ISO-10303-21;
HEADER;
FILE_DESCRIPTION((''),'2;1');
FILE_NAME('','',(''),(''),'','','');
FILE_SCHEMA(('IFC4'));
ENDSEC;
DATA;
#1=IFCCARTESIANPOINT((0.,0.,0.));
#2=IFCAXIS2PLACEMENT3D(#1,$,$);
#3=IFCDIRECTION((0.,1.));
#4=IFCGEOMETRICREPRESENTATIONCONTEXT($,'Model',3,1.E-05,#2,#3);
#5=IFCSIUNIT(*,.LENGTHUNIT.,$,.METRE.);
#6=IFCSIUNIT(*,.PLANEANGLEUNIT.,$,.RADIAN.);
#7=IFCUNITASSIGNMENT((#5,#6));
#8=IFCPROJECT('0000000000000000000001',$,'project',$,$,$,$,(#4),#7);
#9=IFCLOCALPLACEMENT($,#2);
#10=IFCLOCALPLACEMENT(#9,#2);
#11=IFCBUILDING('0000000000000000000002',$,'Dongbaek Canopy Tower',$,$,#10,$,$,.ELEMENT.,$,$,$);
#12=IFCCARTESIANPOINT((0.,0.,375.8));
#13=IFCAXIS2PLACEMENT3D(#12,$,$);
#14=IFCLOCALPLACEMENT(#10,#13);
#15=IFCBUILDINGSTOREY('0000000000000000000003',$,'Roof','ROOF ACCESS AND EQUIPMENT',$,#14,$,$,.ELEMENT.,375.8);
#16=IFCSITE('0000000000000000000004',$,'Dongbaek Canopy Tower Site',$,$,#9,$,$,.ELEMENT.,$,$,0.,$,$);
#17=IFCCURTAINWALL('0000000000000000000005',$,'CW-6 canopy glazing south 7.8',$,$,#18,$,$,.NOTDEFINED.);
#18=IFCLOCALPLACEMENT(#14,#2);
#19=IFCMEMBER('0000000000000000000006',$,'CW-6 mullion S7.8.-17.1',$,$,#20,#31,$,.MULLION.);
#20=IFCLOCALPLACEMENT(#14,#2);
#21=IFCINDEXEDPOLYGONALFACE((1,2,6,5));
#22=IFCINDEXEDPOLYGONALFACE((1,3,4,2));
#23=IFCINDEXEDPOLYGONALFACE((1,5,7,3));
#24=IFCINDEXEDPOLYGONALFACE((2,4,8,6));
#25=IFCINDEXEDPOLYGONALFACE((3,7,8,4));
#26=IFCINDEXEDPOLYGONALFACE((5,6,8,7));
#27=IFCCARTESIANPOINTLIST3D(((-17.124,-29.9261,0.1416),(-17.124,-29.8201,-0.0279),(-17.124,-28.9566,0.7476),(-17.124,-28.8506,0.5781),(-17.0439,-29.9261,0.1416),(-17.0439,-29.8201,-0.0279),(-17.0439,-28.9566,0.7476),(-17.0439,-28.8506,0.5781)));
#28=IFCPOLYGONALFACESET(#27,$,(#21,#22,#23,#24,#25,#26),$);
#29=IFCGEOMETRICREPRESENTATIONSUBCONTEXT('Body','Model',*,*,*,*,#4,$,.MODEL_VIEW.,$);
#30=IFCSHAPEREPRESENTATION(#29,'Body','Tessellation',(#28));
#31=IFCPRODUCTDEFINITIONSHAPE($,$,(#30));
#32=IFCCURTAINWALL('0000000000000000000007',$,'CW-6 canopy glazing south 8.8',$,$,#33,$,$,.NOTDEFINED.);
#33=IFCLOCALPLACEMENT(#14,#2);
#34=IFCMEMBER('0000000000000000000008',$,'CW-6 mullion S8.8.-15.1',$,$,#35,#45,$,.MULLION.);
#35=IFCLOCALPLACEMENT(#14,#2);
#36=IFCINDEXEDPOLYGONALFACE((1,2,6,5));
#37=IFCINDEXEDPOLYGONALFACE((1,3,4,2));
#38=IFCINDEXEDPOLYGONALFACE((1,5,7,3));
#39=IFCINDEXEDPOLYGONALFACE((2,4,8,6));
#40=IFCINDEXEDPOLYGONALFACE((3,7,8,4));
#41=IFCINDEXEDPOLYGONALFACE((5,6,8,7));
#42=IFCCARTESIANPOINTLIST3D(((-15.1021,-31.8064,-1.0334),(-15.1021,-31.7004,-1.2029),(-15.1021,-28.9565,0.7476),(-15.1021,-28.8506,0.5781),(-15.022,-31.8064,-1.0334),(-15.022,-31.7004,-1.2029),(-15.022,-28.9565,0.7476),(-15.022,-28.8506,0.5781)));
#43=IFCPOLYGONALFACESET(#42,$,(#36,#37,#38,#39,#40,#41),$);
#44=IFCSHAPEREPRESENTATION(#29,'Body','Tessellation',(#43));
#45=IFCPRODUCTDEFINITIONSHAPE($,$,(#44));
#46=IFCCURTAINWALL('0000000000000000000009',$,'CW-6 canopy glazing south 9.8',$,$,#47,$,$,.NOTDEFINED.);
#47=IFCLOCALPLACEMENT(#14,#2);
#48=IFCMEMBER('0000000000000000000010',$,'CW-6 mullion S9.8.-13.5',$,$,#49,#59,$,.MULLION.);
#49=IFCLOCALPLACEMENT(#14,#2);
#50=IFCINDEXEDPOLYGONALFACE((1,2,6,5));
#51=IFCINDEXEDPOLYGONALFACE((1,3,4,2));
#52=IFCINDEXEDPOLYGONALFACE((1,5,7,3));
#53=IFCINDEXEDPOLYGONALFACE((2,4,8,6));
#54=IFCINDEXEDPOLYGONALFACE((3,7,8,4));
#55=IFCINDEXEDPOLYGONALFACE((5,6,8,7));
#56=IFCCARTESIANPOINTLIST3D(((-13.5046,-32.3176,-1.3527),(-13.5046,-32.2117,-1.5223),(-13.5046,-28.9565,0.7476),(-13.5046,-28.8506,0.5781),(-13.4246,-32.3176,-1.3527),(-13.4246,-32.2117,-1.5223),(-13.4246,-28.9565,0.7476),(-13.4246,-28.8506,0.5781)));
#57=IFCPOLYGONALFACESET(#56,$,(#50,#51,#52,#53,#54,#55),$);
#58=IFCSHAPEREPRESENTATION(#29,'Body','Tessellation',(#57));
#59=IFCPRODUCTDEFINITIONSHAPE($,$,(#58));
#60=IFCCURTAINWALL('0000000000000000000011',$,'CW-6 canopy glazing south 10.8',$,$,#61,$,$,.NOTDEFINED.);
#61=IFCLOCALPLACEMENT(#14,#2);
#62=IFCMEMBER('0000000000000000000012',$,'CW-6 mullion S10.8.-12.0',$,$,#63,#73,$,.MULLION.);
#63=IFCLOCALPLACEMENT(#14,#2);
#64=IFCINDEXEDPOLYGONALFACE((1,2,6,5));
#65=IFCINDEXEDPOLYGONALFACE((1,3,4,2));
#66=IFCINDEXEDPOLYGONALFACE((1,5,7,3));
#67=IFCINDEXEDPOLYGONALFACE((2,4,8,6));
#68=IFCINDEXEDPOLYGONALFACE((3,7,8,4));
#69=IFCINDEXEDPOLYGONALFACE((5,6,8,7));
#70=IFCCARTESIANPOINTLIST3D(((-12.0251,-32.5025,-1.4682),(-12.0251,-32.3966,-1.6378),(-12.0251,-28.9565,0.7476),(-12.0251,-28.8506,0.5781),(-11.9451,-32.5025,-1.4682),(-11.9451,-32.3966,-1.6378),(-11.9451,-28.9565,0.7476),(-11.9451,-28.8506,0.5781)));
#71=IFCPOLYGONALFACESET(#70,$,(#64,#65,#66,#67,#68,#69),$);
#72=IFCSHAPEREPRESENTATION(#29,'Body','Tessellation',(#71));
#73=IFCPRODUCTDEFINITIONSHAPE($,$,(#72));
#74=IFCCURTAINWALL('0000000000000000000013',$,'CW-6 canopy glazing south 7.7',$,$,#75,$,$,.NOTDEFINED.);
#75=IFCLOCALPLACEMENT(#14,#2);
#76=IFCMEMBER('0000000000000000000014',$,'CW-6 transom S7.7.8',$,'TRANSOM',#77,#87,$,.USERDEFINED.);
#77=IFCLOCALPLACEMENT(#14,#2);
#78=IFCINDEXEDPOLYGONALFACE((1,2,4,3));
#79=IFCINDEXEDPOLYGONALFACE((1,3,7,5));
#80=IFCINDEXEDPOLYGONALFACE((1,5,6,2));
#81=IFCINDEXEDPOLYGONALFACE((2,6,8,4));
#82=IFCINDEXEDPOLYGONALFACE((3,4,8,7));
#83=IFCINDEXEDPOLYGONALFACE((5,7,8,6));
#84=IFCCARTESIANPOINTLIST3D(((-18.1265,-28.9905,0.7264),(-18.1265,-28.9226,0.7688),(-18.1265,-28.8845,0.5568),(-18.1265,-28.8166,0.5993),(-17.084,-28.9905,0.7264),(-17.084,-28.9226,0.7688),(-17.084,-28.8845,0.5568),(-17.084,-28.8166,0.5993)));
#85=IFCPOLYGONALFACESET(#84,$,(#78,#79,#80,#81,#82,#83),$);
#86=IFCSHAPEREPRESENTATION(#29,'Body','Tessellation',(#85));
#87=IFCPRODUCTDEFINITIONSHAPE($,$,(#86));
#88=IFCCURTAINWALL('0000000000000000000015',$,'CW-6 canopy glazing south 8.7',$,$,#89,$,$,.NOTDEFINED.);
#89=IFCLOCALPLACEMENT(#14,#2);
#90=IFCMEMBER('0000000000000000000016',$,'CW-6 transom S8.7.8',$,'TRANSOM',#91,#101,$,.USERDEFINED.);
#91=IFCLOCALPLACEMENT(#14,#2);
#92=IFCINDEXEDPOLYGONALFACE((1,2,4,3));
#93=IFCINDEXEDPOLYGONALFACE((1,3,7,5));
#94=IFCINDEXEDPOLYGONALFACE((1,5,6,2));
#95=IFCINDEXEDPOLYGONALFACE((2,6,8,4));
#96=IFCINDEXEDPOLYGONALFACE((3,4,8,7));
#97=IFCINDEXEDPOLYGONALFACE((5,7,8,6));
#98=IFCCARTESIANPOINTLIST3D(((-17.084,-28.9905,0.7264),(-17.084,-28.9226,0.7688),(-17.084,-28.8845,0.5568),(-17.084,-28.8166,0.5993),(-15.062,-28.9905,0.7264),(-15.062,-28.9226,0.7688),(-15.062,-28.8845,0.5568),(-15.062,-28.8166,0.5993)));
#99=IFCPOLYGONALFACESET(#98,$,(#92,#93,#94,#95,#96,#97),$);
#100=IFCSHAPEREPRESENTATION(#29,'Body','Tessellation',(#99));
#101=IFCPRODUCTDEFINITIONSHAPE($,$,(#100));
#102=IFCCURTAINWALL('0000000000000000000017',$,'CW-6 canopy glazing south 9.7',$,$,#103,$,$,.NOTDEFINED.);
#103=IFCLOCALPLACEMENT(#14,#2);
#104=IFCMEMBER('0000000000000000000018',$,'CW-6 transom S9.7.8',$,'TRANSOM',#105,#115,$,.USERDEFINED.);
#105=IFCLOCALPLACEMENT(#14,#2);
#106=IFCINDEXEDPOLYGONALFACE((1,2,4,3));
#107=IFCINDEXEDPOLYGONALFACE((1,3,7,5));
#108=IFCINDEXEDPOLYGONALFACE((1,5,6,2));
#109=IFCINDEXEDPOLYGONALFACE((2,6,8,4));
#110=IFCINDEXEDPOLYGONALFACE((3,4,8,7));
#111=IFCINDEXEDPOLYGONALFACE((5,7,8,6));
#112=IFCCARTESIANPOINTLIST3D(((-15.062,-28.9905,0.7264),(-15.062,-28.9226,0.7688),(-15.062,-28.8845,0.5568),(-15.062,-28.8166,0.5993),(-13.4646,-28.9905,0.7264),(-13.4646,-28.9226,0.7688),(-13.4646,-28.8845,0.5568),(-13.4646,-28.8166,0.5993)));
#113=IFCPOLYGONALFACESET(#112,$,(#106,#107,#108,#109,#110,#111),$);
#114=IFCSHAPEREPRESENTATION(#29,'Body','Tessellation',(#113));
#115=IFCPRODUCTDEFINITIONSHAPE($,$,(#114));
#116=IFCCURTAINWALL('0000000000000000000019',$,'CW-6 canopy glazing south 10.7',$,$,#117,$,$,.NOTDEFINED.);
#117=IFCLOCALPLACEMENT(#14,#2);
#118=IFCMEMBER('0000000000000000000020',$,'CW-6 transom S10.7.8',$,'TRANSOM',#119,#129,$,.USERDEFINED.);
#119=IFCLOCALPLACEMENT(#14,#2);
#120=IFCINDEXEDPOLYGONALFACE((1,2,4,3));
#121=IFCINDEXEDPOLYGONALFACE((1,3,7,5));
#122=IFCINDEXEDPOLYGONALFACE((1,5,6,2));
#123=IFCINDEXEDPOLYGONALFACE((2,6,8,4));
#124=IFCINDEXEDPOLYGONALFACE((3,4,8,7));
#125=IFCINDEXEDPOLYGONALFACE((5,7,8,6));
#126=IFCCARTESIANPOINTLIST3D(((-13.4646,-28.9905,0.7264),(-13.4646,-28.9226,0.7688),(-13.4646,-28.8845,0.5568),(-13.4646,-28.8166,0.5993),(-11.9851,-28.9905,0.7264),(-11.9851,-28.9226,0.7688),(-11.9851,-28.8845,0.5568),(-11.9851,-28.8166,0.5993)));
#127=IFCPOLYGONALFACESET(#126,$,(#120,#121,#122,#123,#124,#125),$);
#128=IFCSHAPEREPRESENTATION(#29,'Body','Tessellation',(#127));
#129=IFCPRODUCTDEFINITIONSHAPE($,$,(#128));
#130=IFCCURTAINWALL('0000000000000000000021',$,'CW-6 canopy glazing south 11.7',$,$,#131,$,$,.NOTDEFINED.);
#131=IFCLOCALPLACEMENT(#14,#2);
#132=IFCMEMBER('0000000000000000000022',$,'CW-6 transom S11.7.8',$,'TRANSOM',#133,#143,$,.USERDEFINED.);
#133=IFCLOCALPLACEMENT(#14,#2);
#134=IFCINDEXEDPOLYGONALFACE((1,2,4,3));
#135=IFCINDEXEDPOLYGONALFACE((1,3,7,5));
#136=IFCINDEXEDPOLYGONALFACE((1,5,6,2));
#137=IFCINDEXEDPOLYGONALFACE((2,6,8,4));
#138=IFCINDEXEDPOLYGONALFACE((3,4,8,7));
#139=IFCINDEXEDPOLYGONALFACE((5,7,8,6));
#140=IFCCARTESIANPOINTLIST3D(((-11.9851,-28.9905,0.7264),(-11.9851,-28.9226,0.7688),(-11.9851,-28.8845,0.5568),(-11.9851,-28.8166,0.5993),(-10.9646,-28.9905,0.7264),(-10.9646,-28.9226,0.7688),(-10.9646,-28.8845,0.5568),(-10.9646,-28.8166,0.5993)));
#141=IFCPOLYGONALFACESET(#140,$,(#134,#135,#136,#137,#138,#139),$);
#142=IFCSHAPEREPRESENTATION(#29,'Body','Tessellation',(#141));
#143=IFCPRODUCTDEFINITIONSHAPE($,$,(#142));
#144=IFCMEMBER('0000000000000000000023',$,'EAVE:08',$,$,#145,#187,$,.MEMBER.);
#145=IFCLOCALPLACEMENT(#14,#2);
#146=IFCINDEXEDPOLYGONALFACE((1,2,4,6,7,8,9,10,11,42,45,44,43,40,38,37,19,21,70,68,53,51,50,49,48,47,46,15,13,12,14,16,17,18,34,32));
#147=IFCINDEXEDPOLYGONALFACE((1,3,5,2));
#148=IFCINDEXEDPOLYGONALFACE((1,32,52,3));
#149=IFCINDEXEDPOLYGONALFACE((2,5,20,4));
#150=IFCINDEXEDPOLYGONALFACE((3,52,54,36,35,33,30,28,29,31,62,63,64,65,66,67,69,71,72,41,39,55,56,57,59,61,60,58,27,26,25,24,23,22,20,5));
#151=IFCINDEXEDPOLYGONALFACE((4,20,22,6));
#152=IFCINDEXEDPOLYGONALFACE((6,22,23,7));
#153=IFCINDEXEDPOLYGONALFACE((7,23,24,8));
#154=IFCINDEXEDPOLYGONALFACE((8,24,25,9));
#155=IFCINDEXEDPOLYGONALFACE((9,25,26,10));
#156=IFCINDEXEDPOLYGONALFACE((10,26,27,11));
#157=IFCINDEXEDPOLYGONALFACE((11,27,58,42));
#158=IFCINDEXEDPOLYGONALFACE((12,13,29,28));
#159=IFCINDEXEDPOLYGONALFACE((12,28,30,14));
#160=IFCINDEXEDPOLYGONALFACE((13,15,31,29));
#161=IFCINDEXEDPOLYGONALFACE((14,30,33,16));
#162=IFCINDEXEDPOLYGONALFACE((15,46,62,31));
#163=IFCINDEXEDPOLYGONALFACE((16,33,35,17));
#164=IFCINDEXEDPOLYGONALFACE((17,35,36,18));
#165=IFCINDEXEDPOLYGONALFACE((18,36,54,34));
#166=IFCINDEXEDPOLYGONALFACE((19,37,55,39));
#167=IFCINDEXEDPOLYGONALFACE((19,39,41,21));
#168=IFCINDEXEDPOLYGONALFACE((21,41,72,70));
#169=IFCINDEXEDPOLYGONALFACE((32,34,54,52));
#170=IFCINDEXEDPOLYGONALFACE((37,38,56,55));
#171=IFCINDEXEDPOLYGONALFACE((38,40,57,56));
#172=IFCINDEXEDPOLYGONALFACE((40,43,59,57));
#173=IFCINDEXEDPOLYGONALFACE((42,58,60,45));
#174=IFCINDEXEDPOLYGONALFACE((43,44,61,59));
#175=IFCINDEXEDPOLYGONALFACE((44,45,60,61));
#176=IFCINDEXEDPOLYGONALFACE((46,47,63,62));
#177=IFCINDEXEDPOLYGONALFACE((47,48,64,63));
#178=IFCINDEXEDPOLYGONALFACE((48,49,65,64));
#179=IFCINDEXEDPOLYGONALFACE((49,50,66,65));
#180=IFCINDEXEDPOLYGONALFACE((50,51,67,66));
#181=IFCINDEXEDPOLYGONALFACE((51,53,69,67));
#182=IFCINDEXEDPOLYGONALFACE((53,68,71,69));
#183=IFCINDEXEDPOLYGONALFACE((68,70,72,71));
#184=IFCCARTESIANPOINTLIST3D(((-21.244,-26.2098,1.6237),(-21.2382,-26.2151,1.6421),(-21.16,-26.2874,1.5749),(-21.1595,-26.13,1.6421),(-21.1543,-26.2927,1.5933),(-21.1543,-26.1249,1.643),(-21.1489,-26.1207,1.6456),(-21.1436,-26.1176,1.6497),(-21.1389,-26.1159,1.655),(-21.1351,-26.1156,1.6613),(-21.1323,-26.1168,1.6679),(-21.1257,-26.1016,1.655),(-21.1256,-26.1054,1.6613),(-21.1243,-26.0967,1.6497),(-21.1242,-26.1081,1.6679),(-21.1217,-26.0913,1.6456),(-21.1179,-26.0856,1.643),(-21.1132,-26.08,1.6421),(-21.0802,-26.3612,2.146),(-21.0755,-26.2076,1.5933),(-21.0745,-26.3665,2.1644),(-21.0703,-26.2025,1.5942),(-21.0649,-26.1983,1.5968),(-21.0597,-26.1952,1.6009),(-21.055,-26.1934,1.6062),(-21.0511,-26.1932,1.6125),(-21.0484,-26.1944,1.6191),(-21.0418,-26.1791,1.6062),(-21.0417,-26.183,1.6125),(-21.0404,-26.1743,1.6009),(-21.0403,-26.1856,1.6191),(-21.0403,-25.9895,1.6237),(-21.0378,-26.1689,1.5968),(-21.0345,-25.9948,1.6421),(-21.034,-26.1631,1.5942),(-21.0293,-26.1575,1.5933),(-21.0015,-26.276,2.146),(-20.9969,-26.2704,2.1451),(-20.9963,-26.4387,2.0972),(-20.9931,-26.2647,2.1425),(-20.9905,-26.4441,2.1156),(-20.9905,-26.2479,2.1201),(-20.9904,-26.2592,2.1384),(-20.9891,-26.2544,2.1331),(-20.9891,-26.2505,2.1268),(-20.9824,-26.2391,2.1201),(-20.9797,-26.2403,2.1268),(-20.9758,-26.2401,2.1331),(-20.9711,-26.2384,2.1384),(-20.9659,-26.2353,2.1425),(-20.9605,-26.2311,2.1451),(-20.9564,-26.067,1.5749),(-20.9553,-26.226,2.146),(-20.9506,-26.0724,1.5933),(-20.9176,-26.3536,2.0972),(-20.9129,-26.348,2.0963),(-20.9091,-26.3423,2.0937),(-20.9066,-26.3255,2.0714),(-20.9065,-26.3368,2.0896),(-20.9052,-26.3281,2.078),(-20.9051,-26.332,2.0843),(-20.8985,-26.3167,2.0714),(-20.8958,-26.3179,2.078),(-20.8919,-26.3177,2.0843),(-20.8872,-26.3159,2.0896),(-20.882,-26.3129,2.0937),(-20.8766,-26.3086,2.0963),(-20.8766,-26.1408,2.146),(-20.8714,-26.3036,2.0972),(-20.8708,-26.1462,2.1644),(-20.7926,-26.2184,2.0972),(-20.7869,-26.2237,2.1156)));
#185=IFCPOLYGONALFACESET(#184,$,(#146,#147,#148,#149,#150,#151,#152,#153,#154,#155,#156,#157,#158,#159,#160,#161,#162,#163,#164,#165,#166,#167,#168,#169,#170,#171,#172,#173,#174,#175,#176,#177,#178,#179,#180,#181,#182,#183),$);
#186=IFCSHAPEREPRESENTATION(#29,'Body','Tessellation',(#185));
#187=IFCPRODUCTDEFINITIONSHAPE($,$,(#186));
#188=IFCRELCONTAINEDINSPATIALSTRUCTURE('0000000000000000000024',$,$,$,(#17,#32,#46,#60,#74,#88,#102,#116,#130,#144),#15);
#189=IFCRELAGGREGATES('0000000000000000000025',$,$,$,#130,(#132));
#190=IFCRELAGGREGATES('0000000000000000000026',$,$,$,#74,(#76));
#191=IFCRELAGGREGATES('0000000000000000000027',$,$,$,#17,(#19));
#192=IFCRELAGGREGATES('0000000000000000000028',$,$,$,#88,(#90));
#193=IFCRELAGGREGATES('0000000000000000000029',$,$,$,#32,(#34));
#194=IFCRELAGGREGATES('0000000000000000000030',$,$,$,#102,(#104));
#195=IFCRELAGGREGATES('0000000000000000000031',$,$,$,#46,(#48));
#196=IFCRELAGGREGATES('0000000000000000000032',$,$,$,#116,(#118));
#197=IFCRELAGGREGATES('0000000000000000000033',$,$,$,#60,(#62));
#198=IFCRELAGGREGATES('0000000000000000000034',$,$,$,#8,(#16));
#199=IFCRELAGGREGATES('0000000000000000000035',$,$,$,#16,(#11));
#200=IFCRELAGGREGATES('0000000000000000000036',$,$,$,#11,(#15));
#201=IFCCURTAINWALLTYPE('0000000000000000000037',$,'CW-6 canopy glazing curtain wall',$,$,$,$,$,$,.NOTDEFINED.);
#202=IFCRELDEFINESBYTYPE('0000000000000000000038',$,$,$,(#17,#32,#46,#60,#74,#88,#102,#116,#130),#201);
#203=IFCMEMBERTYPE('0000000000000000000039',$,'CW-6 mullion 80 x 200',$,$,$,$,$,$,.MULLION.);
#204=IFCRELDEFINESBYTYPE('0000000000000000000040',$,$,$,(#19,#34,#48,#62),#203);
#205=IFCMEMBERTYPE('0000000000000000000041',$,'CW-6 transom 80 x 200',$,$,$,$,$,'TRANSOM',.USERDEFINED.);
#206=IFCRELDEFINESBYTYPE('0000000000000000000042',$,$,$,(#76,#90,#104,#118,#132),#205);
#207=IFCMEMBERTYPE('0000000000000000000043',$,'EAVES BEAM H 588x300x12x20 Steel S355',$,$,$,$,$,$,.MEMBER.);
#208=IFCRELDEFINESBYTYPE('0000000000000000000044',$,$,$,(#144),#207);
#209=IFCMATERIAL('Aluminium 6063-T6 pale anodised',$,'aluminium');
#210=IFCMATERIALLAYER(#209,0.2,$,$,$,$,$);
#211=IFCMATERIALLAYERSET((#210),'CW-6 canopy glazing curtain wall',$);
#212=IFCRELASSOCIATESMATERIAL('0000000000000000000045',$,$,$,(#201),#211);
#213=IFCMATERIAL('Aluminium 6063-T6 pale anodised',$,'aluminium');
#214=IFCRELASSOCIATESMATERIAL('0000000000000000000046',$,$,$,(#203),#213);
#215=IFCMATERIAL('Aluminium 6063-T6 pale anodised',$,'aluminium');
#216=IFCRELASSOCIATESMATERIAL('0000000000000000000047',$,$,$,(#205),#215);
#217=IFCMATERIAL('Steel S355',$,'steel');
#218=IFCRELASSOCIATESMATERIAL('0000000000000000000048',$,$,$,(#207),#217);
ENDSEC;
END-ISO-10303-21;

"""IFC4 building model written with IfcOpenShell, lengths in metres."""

from ifc_helpers import new_model, si_unit, direction, frame, origin, origin_2d, place, context, subcontext, project, spatial, rectangle, i_section, extrude, material, layer, layer_set, material_profile, profile_set, type_object, element, aggregate, save


model = new_model("IFC4")

# Units and contexts
model_context = context("Model", 3, precision=1e-05, world=origin(), true_north=direction((0.0, 1.0)))
body_context = subcontext(model_context, "Body", "Model", "MODEL_VIEW")
ifc_project = project(units=[si_unit("LENGTHUNIT", "METRE"), si_unit("PLANEANGLEUNIT", "RADIAN")], contexts=[model_context])

# Site, building, storey
site_placement = place(None, origin())
site = spatial("IfcSite", under=ifc_project, at=site_placement, Name="Dongbaek Canopy Tower Site", CompositionType="ELEMENT", RefElevation=0.0)
building_placement = place(site_placement, origin())
building = spatial("IfcBuilding", under=site, at=building_placement, Name="Dongbaek Canopy Tower", CompositionType="ELEMENT")
storey_placement = place(building_placement, frame((0.0, 0.0, 375.8)))
storey = spatial("IfcBuildingStorey", under=building, at=storey_placement, Name="Roof", Description="ROOF ACCESS AND EQUIPMENT", CompositionType="ELEMENT", Elevation=375.8)

# Curtain walls, members
ifc_material_1 = material(Name="Aluminium 6063-T6 pale anodised", Category="aluminium")
ifc_layer_1 = layer(ifc_material_1, 0.2)
ifc_layer_set_1 = layer_set([ifc_layer_1], Name="CW-6 canopy glazing curtain wall")
curtain_wall_type = type_object("IfcCurtainWallType", Name="CW-6 canopy glazing curtain wall", PredefinedType="NOTDEFINED", material=ifc_layer_set_1)
curtain_wall_1_placement = place(storey_placement, origin())
curtain_wall_1 = element("IfcCurtainWall", 1, at=curtain_wall_1_placement, inside=storey, type_object=curtain_wall_type, Name="CW-6 canopy glazing south 7.8", PredefinedType="NOTDEFINED")
ifc_material_2 = material(Name="Aluminium 6063-T6 pale anodised", Category="aluminium")
ifc_material_profile_1 = material_profile(ifc_material_2, rectangle(XDim=0.0801, YDim=0.2, at=origin_2d()), Name="CW-6 mullion 80 x 200")
ifc_profile_set_1 = profile_set([ifc_material_profile_1], Name="Aluminium 6063-T6 pale anodised")
member_type_1 = type_object("IfcMemberType", Name="CW-6 mullion 80 x 200", PredefinedType="MULLION", material=ifc_profile_set_1)
member_1_placement = place(storey_placement, frame((-17.084, -28.9036, 0.6628), z_axis=(0.0, -0.847986, -0.530018), x_axis=(1.0, 0.0, 0.0)))
member_1 = element("IfcMember", 2, at=member_1_placement, type_object=member_type_1, Name="CW-6 mullion S7.8.-17.1", PredefinedType="MULLION", context=body_context, shape_type="SweptSolid", body=[
    extrude(rectangle(XDim=0.0801, YDim=0.2, at=origin_2d()), origin(), (0.0, 0.0, 1.0), 1.1433),
])
curtain_wall_2_placement = place(storey_placement, origin())
curtain_wall_2 = element("IfcCurtainWall", 3, at=curtain_wall_2_placement, inside=storey, type_object=curtain_wall_type, Name="CW-6 canopy glazing south 8.8", PredefinedType="NOTDEFINED")
member_2_placement = place(storey_placement, frame((-15.062, -28.9036, 0.6628), z_axis=(0.0, -0.848019, -0.529966), x_axis=(1.0, 0.0, 0.0)))
member_2 = element("IfcMember", 4, at=member_2_placement, type_object=member_type_1, Name="CW-6 mullion S8.8.-15.1", PredefinedType="MULLION", context=body_context, shape_type="SweptSolid", body=[
    extrude(rectangle(XDim=0.0801, YDim=0.2, at=origin_2d()), origin(), (0.0, 0.0, 1.0), 3.3606),
])
curtain_wall_3_placement = place(storey_placement, origin())
curtain_wall_3 = element("IfcCurtainWall", 5, at=curtain_wall_3_placement, inside=storey, type_object=curtain_wall_type, Name="CW-6 canopy glazing south 9.8", PredefinedType="NOTDEFINED")
member_3_placement = place(storey_placement, frame((-13.4646, -28.9036, 0.6628), z_axis=(0.0, -0.848036, -0.529938), x_axis=(1.0, 0.0, 0.0)))
member_3 = element("IfcMember", 6, at=member_3_placement, type_object=member_type_1, Name="CW-6 mullion S9.8.-13.5", PredefinedType="MULLION", context=body_context, shape_type="SweptSolid", body=[
    extrude(rectangle(XDim=0.0801, YDim=0.2, at=origin_2d()), origin(), (0.0, 0.0, 1.0), 3.9634),
])
curtain_wall_4_placement = place(storey_placement, origin())
curtain_wall_4 = element("IfcCurtainWall", 7, at=curtain_wall_4_placement, inside=storey, type_object=curtain_wall_type, Name="CW-6 canopy glazing south 10.8", PredefinedType="NOTDEFINED")
member_4_placement = place(storey_placement, frame((-11.9851, -28.9036, 0.6628), z_axis=(0.0, -0.848038, -0.529936), x_axis=(1.0, 0.0, 0.0)))
member_4 = element("IfcMember", 8, at=member_4_placement, type_object=member_type_1, Name="CW-6 mullion S10.8.-12.0", PredefinedType="MULLION", context=body_context, shape_type="SweptSolid", body=[
    extrude(rectangle(XDim=0.0801, YDim=0.2, at=origin_2d()), origin(), (0.0, 0.0, 1.0), 4.1814),
])
curtain_wall_5_placement = place(storey_placement, origin())
curtain_wall_5 = element("IfcCurtainWall", 9, at=curtain_wall_5_placement, inside=storey, type_object=curtain_wall_type, Name="CW-6 canopy glazing south 7.7", PredefinedType="NOTDEFINED")
ifc_material_3 = material(Name="Aluminium 6063-T6 pale anodised", Category="aluminium")
ifc_material_profile_2 = material_profile(ifc_material_3, rectangle(XDim=0.0801, YDim=0.2, at=origin_2d()), Name="CW-6 transom 80 x 200")
ifc_profile_set_2 = profile_set([ifc_material_profile_2], Name="Aluminium 6063-T6 pale anodised")
member_type_2 = type_object("IfcMemberType", Name="CW-6 transom 80 x 200", ElementType="TRANSOM", PredefinedType="USERDEFINED", material=ifc_profile_set_2)
member_5_placement = place(storey_placement, frame((-18.1265, -28.9036, 0.6628), z_axis=(1.0, 0.0, 0.0), x_axis=(0.0, 0.848048, 0.529919)))
member_5 = element("IfcMember", 10, at=member_5_placement, type_object=member_type_2, Name="CW-6 transom S7.7.8", ObjectType="TRANSOM", PredefinedType="USERDEFINED", context=body_context, shape_type="SweptSolid", body=[
    extrude(rectangle(XDim=0.0801, YDim=0.2, at=origin_2d()), origin(), (0.0, 0.0, 1.0), 1.0425),
])
curtain_wall_6_placement = place(storey_placement, origin())
curtain_wall_6 = element("IfcCurtainWall", 11, at=curtain_wall_6_placement, inside=storey, type_object=curtain_wall_type, Name="CW-6 canopy glazing south 8.7", PredefinedType="NOTDEFINED")
member_6_placement = place(storey_placement, frame((-17.084, -28.9036, 0.6628), z_axis=(1.0, 0.0, 0.0), x_axis=(0.0, 0.848048, 0.529919)))
member_6 = element("IfcMember", 12, at=member_6_placement, type_object=member_type_2, Name="CW-6 transom S8.7.8", ObjectType="TRANSOM", PredefinedType="USERDEFINED", context=body_context, shape_type="SweptSolid", body=[
    extrude(rectangle(XDim=0.0801, YDim=0.2, at=origin_2d()), origin(), (0.0, 0.0, 1.0), 2.022),
])
curtain_wall_7_placement = place(storey_placement, origin())
curtain_wall_7 = element("IfcCurtainWall", 13, at=curtain_wall_7_placement, inside=storey, type_object=curtain_wall_type, Name="CW-6 canopy glazing south 9.7", PredefinedType="NOTDEFINED")
member_7_placement = place(storey_placement, frame((-15.062, -28.9036, 0.6628), z_axis=(1.0, 0.0, 0.0), x_axis=(0.0, 0.848048, 0.529919)))
member_7 = element("IfcMember", 14, at=member_7_placement, type_object=member_type_2, Name="CW-6 transom S9.7.8", ObjectType="TRANSOM", PredefinedType="USERDEFINED", context=body_context, shape_type="SweptSolid", body=[
    extrude(rectangle(XDim=0.0801, YDim=0.2, at=origin_2d()), origin(), (0.0, 0.0, 1.0), 1.5974),
])
curtain_wall_8_placement = place(storey_placement, origin())
curtain_wall_8 = element("IfcCurtainWall", 15, at=curtain_wall_8_placement, inside=storey, type_object=curtain_wall_type, Name="CW-6 canopy glazing south 10.7", PredefinedType="NOTDEFINED")
member_8_placement = place(storey_placement, frame((-13.4646, -28.9036, 0.6628), z_axis=(1.0, 0.0, 0.0), x_axis=(0.0, 0.848048, 0.529919)))
member_8 = element("IfcMember", 16, at=member_8_placement, type_object=member_type_2, Name="CW-6 transom S10.7.8", ObjectType="TRANSOM", PredefinedType="USERDEFINED", context=body_context, shape_type="SweptSolid", body=[
    extrude(rectangle(XDim=0.0801, YDim=0.2, at=origin_2d()), origin(), (0.0, 0.0, 1.0), 1.4795),
])
curtain_wall_9_placement = place(storey_placement, origin())
curtain_wall_9 = element("IfcCurtainWall", 17, at=curtain_wall_9_placement, inside=storey, type_object=curtain_wall_type, Name="CW-6 canopy glazing south 11.7", PredefinedType="NOTDEFINED")
member_9_placement = place(storey_placement, frame((-11.9851, -28.9036, 0.6628), z_axis=(1.0, 0.0, 0.0), x_axis=(0.0, 0.848048, 0.529919)))
member_9 = element("IfcMember", 18, at=member_9_placement, type_object=member_type_2, Name="CW-6 transom S11.7.8", ObjectType="TRANSOM", PredefinedType="USERDEFINED", context=body_context, shape_type="SweptSolid", body=[
    extrude(rectangle(XDim=0.0801, YDim=0.2, at=origin_2d()), origin(), (0.0, 0.0, 1.0), 1.0205),
])
aggregate(curtain_wall_9, [member_9])

# Member
ifc_material_4 = material(Name="Steel S355", Category="steel")
ifc_material_profile_3 = material_profile(ifc_material_4, i_section(OverallWidth=0.3, OverallDepth=0.5879, WebThickness=0.012, FlangeThickness=0.02, FilletRadius=0.0281, at=origin_2d()), Name="EAVES BEAM H 588x300x12x20 Steel S355")
ifc_profile_set_3 = profile_set([ifc_material_profile_3], Name="Steel S355")
member_type_3 = type_object("IfcMemberType", Name="EAVES BEAM H 588x300x12x20 Steel S355", PredefinedType="MEMBER", material=ifc_profile_set_3)
member_10_placement = place(storey_placement, frame((-21.0574, -26.178, 1.894), z_axis=(0.675341, -0.624298, -0.39264), x_axis=(0.678812, 0.734312, 0.0)))
element("IfcMember", 19, at=member_10_placement, inside=storey, type_object=member_type_3, Name="EAVE:08", PredefinedType="MEMBER", context=body_context, shape_type="SweptSolid", body=[
    extrude(i_section(OverallWidth=0.3, OverallDepth=0.5879, WebThickness=0.012, FlangeThickness=0.02, FilletRadius=0.0281, at=origin_2d()), origin(), (0.0, 0.0, 1.0), 0.1243),
])

aggregate(curtain_wall_5, [member_5])
aggregate(curtain_wall_1, [member_1])
aggregate(curtain_wall_6, [member_6])
aggregate(curtain_wall_2, [member_2])
aggregate(curtain_wall_7, [member_7])
aggregate(curtain_wall_3, [member_3])
aggregate(curtain_wall_8, [member_8])
aggregate(curtain_wall_4, [member_4])

save(model, "model.ifc")
